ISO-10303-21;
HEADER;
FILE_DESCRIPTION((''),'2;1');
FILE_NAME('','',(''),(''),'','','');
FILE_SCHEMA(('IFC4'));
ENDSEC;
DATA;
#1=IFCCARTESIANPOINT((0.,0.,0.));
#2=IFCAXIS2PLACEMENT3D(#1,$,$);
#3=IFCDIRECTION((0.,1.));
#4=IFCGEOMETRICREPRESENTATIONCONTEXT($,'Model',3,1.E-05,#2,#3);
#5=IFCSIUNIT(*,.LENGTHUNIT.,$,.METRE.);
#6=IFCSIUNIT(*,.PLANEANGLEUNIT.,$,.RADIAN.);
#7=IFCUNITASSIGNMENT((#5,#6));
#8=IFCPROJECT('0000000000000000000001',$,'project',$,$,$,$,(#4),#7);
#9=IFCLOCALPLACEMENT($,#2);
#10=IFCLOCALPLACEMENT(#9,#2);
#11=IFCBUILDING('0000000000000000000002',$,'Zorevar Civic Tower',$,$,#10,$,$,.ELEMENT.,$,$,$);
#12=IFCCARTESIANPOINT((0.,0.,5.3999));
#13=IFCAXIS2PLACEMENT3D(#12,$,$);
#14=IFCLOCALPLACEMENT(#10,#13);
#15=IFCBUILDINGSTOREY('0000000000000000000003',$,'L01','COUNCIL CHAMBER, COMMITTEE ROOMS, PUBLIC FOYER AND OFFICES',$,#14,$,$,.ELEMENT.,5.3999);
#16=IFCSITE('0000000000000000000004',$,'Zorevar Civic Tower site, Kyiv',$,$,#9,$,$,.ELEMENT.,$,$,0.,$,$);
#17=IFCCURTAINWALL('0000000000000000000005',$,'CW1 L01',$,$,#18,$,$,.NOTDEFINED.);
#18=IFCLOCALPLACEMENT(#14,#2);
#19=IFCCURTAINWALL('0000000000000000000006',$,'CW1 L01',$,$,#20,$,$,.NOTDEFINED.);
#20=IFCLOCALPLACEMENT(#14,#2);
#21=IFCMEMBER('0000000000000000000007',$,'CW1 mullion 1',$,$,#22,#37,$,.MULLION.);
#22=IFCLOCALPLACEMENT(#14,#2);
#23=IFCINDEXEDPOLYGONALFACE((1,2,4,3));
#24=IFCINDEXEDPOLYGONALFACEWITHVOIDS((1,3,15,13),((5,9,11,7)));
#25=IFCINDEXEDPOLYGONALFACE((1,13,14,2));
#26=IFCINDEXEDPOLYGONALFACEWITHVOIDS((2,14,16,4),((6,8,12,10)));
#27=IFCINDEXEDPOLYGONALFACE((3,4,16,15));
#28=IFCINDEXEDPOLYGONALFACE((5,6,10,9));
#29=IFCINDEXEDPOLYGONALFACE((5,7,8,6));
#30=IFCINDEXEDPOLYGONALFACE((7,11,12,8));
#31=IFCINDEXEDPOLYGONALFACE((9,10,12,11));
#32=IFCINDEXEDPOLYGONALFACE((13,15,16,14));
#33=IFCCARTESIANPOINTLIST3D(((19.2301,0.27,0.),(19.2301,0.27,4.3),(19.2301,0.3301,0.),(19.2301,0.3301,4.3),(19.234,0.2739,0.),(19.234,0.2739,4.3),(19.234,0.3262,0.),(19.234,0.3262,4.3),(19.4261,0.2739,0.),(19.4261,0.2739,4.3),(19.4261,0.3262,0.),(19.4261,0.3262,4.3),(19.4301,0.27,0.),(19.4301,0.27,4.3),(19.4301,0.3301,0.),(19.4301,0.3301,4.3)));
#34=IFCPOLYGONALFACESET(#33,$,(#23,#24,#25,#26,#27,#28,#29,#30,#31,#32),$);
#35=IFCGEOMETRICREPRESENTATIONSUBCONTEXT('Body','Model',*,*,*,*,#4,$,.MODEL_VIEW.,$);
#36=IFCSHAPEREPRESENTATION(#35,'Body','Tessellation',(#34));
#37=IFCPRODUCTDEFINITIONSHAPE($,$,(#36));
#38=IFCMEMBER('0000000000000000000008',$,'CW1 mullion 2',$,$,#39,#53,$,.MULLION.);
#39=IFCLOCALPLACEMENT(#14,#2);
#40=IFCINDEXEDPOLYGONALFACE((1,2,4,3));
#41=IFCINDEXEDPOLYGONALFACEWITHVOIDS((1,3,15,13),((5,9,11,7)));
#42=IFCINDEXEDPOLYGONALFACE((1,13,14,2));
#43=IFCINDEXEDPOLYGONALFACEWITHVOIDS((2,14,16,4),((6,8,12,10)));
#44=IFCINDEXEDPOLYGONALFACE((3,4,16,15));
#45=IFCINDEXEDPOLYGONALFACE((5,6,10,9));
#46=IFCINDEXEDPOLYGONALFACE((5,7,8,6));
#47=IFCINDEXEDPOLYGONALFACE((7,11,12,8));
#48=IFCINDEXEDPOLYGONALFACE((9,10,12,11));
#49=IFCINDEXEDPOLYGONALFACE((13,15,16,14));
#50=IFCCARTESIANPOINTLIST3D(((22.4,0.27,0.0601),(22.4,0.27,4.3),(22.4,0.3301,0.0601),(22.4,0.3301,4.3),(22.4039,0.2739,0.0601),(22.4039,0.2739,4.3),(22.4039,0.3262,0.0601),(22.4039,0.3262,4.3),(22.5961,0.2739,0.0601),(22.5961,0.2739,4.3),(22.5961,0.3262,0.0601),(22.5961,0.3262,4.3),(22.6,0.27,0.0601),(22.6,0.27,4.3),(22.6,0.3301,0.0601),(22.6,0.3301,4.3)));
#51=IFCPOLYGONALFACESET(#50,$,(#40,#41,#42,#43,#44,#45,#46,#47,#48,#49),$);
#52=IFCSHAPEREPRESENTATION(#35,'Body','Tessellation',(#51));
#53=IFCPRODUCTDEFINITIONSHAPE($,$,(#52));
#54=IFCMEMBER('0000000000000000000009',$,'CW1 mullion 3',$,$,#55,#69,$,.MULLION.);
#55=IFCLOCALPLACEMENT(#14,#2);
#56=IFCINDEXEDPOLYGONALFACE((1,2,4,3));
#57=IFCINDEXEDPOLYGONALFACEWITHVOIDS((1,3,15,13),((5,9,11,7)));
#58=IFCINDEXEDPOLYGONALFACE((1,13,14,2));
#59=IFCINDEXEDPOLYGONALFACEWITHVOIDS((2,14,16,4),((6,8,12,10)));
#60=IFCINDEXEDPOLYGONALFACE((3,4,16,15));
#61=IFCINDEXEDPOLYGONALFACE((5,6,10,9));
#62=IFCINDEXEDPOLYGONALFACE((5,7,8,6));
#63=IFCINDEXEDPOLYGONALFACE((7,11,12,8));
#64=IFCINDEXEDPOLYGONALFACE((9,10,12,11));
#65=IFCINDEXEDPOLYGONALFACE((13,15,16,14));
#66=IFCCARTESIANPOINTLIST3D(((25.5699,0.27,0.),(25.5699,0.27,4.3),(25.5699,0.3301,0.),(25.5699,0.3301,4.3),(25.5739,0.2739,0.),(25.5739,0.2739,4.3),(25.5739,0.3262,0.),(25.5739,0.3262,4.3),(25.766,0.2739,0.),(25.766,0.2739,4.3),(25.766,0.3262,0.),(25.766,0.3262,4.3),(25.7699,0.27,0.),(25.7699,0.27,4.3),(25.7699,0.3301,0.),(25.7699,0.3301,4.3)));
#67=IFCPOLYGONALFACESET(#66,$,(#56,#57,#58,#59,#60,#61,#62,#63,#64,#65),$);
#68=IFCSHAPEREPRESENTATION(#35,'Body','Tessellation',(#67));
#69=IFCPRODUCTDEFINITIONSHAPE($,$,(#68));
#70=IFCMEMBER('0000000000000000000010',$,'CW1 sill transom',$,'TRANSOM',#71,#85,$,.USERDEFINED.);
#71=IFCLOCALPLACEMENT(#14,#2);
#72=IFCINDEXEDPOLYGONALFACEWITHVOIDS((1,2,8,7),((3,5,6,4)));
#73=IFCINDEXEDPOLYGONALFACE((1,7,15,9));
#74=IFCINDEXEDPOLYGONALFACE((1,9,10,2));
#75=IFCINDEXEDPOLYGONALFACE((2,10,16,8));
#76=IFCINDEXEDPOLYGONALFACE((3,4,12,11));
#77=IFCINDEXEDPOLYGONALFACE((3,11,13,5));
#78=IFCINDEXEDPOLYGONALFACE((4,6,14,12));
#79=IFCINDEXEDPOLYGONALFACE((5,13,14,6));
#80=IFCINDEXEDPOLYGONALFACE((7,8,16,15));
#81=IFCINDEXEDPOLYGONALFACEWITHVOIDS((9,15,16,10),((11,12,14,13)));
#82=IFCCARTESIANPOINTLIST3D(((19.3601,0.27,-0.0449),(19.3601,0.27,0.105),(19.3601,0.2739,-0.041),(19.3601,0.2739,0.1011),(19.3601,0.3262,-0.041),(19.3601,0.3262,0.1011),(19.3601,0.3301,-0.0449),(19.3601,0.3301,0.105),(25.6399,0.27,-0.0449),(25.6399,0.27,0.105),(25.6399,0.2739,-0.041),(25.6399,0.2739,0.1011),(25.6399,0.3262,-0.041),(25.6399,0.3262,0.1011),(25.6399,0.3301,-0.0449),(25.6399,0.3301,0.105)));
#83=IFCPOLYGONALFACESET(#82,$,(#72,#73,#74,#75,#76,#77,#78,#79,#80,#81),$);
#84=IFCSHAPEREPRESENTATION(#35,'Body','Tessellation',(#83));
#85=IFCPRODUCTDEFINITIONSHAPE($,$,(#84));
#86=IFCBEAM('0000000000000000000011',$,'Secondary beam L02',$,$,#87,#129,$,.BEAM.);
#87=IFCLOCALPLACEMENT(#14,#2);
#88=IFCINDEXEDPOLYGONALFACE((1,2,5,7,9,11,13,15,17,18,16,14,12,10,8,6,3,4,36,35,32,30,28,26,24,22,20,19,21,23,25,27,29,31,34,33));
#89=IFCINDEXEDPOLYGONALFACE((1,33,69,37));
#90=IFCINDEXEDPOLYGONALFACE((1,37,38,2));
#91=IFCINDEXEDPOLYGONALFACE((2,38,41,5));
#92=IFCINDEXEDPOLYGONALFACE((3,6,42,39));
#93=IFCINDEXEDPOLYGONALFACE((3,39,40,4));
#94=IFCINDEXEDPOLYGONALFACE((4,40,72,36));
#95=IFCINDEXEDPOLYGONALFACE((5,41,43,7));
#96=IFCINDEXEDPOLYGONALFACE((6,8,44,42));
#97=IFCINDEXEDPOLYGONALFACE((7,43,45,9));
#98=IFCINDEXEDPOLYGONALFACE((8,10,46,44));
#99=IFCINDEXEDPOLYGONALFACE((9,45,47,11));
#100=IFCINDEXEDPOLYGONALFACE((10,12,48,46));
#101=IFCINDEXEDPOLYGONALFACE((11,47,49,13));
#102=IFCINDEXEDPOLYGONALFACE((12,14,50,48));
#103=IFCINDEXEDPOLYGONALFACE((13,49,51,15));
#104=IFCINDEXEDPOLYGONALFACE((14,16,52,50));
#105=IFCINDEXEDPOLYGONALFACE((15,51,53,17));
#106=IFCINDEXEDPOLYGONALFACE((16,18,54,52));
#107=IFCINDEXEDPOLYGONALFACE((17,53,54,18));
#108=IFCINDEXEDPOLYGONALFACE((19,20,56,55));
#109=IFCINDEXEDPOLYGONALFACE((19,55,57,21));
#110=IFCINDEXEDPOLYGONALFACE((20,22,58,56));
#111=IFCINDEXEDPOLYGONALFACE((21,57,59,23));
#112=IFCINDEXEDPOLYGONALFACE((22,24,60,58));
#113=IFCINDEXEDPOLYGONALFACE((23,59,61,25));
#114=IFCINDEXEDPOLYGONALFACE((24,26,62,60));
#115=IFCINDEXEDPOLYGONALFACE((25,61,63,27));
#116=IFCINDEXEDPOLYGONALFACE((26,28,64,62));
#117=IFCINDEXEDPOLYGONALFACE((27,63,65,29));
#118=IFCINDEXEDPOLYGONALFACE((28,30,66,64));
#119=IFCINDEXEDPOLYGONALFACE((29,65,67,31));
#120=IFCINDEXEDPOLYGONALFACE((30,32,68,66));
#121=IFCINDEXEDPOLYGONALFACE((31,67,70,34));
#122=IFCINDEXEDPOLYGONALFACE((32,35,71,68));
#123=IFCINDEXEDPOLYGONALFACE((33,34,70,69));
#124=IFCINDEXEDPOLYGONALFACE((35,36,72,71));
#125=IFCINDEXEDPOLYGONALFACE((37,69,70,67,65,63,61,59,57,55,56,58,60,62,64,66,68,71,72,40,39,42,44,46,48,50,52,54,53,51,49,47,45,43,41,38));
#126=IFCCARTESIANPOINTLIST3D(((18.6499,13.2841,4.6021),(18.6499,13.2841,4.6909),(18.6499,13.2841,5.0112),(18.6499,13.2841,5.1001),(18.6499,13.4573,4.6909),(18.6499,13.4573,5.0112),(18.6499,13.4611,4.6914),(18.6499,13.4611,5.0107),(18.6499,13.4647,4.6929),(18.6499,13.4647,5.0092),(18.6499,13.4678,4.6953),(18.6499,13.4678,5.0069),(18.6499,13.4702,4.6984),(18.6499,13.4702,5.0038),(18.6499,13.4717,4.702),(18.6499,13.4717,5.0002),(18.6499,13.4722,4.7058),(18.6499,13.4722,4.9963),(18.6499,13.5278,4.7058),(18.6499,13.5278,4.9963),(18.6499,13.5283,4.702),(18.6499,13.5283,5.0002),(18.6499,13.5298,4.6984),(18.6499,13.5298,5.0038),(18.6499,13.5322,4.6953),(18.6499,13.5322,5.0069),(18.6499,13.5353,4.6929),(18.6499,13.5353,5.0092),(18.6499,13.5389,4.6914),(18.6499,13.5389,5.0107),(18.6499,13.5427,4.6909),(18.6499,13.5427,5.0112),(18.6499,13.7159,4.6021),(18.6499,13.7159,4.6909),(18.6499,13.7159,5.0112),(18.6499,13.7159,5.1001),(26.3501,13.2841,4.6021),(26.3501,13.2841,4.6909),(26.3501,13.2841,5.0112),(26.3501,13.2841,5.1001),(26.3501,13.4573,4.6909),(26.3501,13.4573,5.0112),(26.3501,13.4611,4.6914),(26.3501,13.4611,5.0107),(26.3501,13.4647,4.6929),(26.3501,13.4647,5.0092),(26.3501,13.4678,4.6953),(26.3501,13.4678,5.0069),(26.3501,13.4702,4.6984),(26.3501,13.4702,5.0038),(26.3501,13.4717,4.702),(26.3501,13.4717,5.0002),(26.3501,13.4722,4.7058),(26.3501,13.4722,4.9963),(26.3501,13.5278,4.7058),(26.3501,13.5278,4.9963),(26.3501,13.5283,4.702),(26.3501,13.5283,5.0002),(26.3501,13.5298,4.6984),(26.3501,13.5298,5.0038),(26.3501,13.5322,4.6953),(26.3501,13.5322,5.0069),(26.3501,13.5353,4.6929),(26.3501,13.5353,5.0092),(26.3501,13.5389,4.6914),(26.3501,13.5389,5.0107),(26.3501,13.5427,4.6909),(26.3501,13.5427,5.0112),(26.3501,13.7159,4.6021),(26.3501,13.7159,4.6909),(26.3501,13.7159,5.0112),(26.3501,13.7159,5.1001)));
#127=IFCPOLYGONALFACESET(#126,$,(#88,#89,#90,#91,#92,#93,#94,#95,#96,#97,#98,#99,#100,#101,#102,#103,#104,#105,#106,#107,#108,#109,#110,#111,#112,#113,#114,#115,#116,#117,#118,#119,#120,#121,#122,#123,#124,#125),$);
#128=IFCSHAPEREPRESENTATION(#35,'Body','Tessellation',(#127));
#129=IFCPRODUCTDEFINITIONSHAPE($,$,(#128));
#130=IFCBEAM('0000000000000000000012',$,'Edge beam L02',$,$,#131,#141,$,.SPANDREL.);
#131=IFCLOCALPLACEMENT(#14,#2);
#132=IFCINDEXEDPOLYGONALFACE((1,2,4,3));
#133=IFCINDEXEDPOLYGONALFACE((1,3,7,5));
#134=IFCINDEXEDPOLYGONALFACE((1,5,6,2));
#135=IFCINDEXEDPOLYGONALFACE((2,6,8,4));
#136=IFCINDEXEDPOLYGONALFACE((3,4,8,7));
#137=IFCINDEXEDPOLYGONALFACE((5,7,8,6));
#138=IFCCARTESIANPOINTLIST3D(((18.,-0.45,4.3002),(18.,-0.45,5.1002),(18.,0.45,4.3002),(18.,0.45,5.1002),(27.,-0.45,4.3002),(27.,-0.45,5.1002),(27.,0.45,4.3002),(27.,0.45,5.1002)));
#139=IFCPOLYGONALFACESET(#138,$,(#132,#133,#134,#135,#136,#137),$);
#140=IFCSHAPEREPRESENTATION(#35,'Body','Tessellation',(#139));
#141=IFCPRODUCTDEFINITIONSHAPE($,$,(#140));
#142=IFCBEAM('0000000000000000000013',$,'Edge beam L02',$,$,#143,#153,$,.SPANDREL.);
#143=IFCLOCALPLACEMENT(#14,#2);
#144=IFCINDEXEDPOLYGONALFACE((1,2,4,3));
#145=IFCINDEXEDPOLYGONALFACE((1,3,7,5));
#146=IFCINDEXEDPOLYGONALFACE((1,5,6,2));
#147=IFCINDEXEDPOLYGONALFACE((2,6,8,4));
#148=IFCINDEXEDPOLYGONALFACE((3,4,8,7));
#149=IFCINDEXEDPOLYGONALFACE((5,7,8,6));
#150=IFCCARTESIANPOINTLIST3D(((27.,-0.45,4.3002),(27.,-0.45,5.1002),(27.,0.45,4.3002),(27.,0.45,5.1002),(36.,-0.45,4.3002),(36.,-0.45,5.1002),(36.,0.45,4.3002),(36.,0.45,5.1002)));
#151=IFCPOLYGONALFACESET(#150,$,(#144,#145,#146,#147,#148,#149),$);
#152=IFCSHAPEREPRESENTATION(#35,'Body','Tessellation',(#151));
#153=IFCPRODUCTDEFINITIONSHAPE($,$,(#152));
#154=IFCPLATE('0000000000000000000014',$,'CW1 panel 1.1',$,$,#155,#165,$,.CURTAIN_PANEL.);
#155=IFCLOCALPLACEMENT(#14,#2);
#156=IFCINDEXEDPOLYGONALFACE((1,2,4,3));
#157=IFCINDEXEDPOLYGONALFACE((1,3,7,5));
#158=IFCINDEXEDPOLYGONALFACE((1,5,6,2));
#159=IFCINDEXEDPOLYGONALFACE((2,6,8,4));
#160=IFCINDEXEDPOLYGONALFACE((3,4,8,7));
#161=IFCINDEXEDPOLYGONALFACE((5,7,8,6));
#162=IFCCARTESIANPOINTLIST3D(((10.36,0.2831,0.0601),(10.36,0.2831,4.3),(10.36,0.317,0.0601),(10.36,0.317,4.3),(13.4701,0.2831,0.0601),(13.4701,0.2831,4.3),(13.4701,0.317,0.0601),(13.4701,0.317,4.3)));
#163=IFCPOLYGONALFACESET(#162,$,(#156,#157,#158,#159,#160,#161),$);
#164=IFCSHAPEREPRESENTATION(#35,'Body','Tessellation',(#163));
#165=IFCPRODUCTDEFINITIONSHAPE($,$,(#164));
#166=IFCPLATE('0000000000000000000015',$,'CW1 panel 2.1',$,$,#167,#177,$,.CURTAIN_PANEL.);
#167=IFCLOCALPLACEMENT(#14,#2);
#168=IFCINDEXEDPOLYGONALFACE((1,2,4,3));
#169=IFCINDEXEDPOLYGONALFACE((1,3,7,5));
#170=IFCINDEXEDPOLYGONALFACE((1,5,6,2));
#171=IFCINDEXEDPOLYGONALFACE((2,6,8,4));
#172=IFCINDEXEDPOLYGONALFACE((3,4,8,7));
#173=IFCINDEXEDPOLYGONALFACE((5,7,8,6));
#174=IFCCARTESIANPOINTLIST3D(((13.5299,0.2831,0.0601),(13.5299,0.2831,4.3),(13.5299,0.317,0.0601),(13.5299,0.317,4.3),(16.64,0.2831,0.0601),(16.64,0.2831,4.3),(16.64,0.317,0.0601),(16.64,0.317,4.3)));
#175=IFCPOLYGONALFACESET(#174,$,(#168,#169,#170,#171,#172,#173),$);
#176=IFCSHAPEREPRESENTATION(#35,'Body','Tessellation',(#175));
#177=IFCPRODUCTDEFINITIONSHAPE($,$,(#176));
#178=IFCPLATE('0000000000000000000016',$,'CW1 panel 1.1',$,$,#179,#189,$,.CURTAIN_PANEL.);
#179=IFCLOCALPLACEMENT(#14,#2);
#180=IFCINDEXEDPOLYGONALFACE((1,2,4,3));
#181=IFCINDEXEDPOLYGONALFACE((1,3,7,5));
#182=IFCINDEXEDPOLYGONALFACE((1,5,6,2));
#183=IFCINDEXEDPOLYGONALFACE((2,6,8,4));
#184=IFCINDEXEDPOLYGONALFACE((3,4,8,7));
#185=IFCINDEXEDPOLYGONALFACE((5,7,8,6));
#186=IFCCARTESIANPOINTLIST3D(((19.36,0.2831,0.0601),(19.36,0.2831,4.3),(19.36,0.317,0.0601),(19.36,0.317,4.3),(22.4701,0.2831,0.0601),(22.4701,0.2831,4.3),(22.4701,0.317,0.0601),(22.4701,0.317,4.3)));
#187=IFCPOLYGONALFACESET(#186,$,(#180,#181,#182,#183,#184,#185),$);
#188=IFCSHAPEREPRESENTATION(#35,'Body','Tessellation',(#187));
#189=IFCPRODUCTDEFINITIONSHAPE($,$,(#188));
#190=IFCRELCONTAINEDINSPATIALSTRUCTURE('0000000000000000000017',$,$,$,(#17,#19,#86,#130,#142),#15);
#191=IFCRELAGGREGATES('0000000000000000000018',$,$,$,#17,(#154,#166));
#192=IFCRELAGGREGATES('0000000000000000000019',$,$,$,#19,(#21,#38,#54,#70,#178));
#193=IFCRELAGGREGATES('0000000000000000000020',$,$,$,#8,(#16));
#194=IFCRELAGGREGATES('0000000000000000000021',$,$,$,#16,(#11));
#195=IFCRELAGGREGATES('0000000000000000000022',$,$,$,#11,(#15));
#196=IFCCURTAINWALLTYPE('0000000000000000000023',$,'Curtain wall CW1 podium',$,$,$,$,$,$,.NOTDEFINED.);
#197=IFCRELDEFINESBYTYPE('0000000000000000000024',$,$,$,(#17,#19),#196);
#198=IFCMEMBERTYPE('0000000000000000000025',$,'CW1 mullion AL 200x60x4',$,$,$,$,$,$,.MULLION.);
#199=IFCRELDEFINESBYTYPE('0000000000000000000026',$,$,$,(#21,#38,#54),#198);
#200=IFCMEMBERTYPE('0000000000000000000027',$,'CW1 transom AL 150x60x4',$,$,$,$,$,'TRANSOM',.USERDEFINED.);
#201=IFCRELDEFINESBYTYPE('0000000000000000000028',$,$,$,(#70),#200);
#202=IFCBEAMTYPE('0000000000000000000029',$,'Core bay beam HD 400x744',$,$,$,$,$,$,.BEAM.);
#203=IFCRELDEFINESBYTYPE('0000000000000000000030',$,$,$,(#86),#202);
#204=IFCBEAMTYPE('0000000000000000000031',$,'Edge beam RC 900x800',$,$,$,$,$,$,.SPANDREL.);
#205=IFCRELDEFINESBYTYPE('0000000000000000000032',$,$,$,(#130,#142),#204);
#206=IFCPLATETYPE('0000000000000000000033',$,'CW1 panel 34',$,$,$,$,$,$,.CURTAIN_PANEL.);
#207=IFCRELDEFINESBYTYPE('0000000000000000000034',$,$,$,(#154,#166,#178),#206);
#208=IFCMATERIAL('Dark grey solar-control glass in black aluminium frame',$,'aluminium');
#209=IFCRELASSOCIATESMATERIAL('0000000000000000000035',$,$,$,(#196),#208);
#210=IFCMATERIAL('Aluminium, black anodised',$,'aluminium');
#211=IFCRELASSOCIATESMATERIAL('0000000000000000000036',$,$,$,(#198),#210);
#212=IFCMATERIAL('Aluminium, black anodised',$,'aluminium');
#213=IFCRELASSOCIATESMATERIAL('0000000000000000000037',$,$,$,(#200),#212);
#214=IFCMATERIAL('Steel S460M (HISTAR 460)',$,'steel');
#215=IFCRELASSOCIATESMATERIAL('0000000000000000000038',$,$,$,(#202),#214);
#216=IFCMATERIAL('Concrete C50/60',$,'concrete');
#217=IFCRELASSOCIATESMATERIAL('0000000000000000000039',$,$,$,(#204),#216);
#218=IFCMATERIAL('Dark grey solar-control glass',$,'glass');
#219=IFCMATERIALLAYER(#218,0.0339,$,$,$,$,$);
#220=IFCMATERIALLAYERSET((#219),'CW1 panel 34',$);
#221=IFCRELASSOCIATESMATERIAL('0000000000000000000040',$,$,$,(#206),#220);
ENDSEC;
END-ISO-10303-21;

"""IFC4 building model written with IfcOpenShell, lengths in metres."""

from ifc_helpers import new_model, si_unit, direction, frame, origin, origin_2d, place, context, subcontext, project, spatial, rectangle, hollow_rectangle, i_section, extrude, material, layer, layer_set, material_profile, profile_set, type_object, element, aggregate, save


model = new_model("IFC4")

# Units and contexts
model_context = context("Model", 3, precision=1e-05, world=origin(), true_north=direction((0.0, 1.0)))
body_context = subcontext(model_context, "Body", "Model", "MODEL_VIEW")
ifc_project = project(units=[si_unit("LENGTHUNIT", "METRE"), si_unit("PLANEANGLEUNIT", "RADIAN")], contexts=[model_context])

# Site, building, storey
site_placement = place(None, origin())
site = spatial("IfcSite", under=ifc_project, at=site_placement, Name="Zorevar Civic Tower site, Kyiv", CompositionType="ELEMENT", RefElevation=0.0)
building_placement = place(site_placement, origin())
building = spatial("IfcBuilding", under=site, at=building_placement, Name="Zorevar Civic Tower", CompositionType="ELEMENT")
storey_placement = place(building_placement, frame((0.0, 0.0, 5.3999)))
storey = spatial("IfcBuildingStorey", under=building, at=storey_placement, Name="L01", Description="COUNCIL CHAMBER, COMMITTEE ROOMS, PUBLIC FOYER AND OFFICES", CompositionType="ELEMENT", Elevation=5.3999)

# Curtain walls, members
ifc_material_1 = material(Name="Dark grey solar-control glass in black aluminium frame", Category="aluminium")
curtain_wall_type = type_object("IfcCurtainWallType", Name="Curtain wall CW1 podium", PredefinedType="NOTDEFINED", material=ifc_material_1)
curtain_wall_1_placement = place(storey_placement, origin())
curtain_wall_1 = element("IfcCurtainWall", 1, at=curtain_wall_1_placement, inside=storey, type_object=curtain_wall_type, Name="CW1 L01", PredefinedType="NOTDEFINED")
ifc_material_2 = material(Name="Aluminium, black anodised", Category="aluminium")
ifc_material_profile_1 = material_profile(ifc_material_2, hollow_rectangle(XDim=0.0601, YDim=0.2, WallThickness=0.0039, at=origin_2d()), Name="AL 200x60x4")
ifc_profile_set_1 = profile_set([ifc_material_profile_1], Name="Aluminium, black anodised")
member_type_1 = type_object("IfcMemberType", Name="CW1 mullion AL 200x60x4", PredefinedType="MULLION", material=ifc_profile_set_1)
curtain_wall_2_placement = place(storey_placement, origin())
curtain_wall_2 = element("IfcCurtainWall", 2, at=curtain_wall_2_placement, inside=storey, type_object=curtain_wall_type, Name="CW1 L01", PredefinedType="NOTDEFINED")
member_1_placement = place(storey_placement, frame((19.3301, 0.3, 0.0), z_axis=(0.0, 0.0, 1.0), x_axis=(0.0, 1.0, 0.0)))
member_1 = element("IfcMember", 3, at=member_1_placement, type_object=member_type_1, Name="CW1 mullion 1", PredefinedType="MULLION", context=body_context, shape_type="SweptSolid", body=[
    extrude(hollow_rectangle(XDim=0.0601, YDim=0.2, WallThickness=0.0039, at=origin_2d()), origin(), (0.0, 0.0, 1.0), 4.3),
])
member_2_placement = place(storey_placement, frame((22.5, 0.3, 0.0601), z_axis=(0.0, 0.0, 1.0), x_axis=(0.0, 1.0, 0.0)))
member_2 = element("IfcMember", 4, at=member_2_placement, type_object=member_type_1, Name="CW1 mullion 2", PredefinedType="MULLION", context=body_context, shape_type="SweptSolid", body=[
    extrude(hollow_rectangle(XDim=0.0601, YDim=0.2, WallThickness=0.0039, at=origin_2d()), origin(), (0.0, 0.0, 1.0), 4.24),
])
member_3_placement = place(storey_placement, frame((25.6699, 0.3, 0.0), z_axis=(0.0, 0.0, 1.0), x_axis=(0.0, 1.0, 0.0)))
member_3 = element("IfcMember", 5, at=member_3_placement, type_object=member_type_1, Name="CW1 mullion 3", PredefinedType="MULLION", context=body_context, shape_type="SweptSolid", body=[
    extrude(hollow_rectangle(XDim=0.0601, YDim=0.2, WallThickness=0.0039, at=origin_2d()), origin(), (0.0, 0.0, 1.0), 4.3),
])
ifc_material_3 = material(Name="Aluminium, black anodised", Category="aluminium")
ifc_material_profile_2 = material_profile(ifc_material_3, hollow_rectangle(XDim=0.0601, YDim=0.1499, WallThickness=0.0039, at=origin_2d()), Name="AL 150x60x4")
ifc_profile_set_2 = profile_set([ifc_material_profile_2], Name="Aluminium, black anodised")
member_type_2 = type_object("IfcMemberType", Name="CW1 transom AL 150x60x4", ElementType="TRANSOM", PredefinedType="USERDEFINED", material=ifc_profile_set_2)
member_4_placement = place(storey_placement, frame((19.3601, 0.3, 0.03), z_axis=(1.0, 0.0, 0.0), x_axis=(0.0, 1.0, 0.0)))
member_4 = element("IfcMember", 6, at=member_4_placement, type_object=member_type_2, Name="CW1 sill transom", ObjectType="TRANSOM", PredefinedType="USERDEFINED", context=body_context, shape_type="SweptSolid", body=[
    extrude(hollow_rectangle(XDim=0.0601, YDim=0.1499, WallThickness=0.0039, at=origin_2d()), origin(), (0.0, 0.0, 1.0), 6.2798),
])

# Beams
ifc_material_4 = material(Name="Steel S460M (HISTAR 460)", Category="steel")
ifc_material_profile_3 = material_profile(ifc_material_4, i_section(OverallWidth=0.4319, OverallDepth=0.498, WebThickness=0.0557, FlangeThickness=0.0889, FilletRadius=0.0149, at=origin_2d()), Name="HD 400x744")
ifc_profile_set_3 = profile_set([ifc_material_profile_3], Name="Steel S460M (HISTAR 460)")
beam_type_1 = type_object("IfcBeamType", Name="Core bay beam HD 400x744", PredefinedType="BEAM", material=ifc_profile_set_3)
beam_1_placement = place(storey_placement, frame((18.6499, 13.5, 4.8511), z_axis=(1.0, 0.0, 0.0), x_axis=(0.0, 1.0, 0.0)))
element("IfcBeam", 7, at=beam_1_placement, inside=storey, type_object=beam_type_1, Name="Secondary beam L02", PredefinedType="BEAM", context=body_context, shape_type="SweptSolid", body=[
    extrude(i_section(OverallWidth=0.4319, OverallDepth=0.498, WebThickness=0.0557, FlangeThickness=0.0889, FilletRadius=0.0149, at=origin_2d()), origin(), (0.0, 0.0, 1.0), 7.7002),
])
ifc_material_5 = material(Name="Concrete C50/60", Category="concrete")
ifc_material_profile_4 = material_profile(ifc_material_5, rectangle(XDim=0.8999, YDim=0.8, at=origin_2d()), Name="RC 900x800")
ifc_profile_set_4 = profile_set([ifc_material_profile_4], Name="Concrete C50/60")
beam_type_2 = type_object("IfcBeamType", Name="Edge beam RC 900x800", PredefinedType="SPANDREL", material=ifc_profile_set_4)
for number, where, z_axis, x_axis, name in (
    (8, (18.0, 0.0, 4.7002), (1.0, 0.0, 0.0), (0.0, 1.0, 0.0), "Edge beam L02"),
    (9, (27.0, 0.0, 4.7002), (1.0, 0.0, 0.0), (0.0, 1.0, 0.0), "Edge beam L02"),
):
    element("IfcBeam", number, at=place(storey_placement, frame(where, z_axis=z_axis, x_axis=x_axis)), inside=storey, type_object=beam_type_2, Name=name, PredefinedType="SPANDREL", context=body_context, shape_type="SweptSolid", body=[
        extrude(rectangle(XDim=0.8999, YDim=0.8, at=origin_2d()), origin(), (0.0, 0.0, 1.0), 9.0),
    ])

# Plates
ifc_material_6 = material(Name="Dark grey solar-control glass", Category="glass")
ifc_layer_1 = layer(ifc_material_6, 0.0339)
ifc_layer_set_1 = layer_set([ifc_layer_1], Name="CW1 panel 34")
plate_type = type_object("IfcPlateType", Name="CW1 panel 34", PredefinedType="CURTAIN_PANEL", material=ifc_layer_set_1)
plate_1_placement = place(storey_placement, frame((11.915, 0.3, 0.0601), z_axis=(0.0, 0.0, 1.0), x_axis=(1.0, 0.0, 0.0)))
plate_1 = element("IfcPlate", 10, at=plate_1_placement, type_object=plate_type, Name="CW1 panel 1.1", PredefinedType="CURTAIN_PANEL", context=body_context, shape_type="SweptSolid", body=[
    extrude(rectangle(XDim=3.1101, YDim=0.0339, at=origin_2d()), origin(), (0.0, 0.0, 1.0), 4.24),
])
plate_2_placement = place(storey_placement, frame((15.085, 0.3, 0.0601), z_axis=(0.0, 0.0, 1.0), x_axis=(1.0, 0.0, 0.0)))
plate_2 = element("IfcPlate", 11, at=plate_2_placement, type_object=plate_type, Name="CW1 panel 2.1", PredefinedType="CURTAIN_PANEL", context=body_context, shape_type="SweptSolid", body=[
    extrude(rectangle(XDim=3.1101, YDim=0.0339, at=origin_2d()), origin(), (0.0, 0.0, 1.0), 4.24),
])
aggregate(curtain_wall_1, [plate_1, plate_2])
plate_3_placement = place(storey_placement, frame((20.915, 0.3, 0.0601), z_axis=(0.0, 0.0, 1.0), x_axis=(1.0, 0.0, 0.0)))
plate_3 = element("IfcPlate", 12, at=plate_3_placement, type_object=plate_type, Name="CW1 panel 1.1", PredefinedType="CURTAIN_PANEL", context=body_context, shape_type="SweptSolid", body=[
    extrude(rectangle(XDim=3.1101, YDim=0.0339, at=origin_2d()), origin(), (0.0, 0.0, 1.0), 4.24),
])
aggregate(curtain_wall_2, [member_1, member_2, member_3, member_4, plate_3])

save(model, "model.ifc")
